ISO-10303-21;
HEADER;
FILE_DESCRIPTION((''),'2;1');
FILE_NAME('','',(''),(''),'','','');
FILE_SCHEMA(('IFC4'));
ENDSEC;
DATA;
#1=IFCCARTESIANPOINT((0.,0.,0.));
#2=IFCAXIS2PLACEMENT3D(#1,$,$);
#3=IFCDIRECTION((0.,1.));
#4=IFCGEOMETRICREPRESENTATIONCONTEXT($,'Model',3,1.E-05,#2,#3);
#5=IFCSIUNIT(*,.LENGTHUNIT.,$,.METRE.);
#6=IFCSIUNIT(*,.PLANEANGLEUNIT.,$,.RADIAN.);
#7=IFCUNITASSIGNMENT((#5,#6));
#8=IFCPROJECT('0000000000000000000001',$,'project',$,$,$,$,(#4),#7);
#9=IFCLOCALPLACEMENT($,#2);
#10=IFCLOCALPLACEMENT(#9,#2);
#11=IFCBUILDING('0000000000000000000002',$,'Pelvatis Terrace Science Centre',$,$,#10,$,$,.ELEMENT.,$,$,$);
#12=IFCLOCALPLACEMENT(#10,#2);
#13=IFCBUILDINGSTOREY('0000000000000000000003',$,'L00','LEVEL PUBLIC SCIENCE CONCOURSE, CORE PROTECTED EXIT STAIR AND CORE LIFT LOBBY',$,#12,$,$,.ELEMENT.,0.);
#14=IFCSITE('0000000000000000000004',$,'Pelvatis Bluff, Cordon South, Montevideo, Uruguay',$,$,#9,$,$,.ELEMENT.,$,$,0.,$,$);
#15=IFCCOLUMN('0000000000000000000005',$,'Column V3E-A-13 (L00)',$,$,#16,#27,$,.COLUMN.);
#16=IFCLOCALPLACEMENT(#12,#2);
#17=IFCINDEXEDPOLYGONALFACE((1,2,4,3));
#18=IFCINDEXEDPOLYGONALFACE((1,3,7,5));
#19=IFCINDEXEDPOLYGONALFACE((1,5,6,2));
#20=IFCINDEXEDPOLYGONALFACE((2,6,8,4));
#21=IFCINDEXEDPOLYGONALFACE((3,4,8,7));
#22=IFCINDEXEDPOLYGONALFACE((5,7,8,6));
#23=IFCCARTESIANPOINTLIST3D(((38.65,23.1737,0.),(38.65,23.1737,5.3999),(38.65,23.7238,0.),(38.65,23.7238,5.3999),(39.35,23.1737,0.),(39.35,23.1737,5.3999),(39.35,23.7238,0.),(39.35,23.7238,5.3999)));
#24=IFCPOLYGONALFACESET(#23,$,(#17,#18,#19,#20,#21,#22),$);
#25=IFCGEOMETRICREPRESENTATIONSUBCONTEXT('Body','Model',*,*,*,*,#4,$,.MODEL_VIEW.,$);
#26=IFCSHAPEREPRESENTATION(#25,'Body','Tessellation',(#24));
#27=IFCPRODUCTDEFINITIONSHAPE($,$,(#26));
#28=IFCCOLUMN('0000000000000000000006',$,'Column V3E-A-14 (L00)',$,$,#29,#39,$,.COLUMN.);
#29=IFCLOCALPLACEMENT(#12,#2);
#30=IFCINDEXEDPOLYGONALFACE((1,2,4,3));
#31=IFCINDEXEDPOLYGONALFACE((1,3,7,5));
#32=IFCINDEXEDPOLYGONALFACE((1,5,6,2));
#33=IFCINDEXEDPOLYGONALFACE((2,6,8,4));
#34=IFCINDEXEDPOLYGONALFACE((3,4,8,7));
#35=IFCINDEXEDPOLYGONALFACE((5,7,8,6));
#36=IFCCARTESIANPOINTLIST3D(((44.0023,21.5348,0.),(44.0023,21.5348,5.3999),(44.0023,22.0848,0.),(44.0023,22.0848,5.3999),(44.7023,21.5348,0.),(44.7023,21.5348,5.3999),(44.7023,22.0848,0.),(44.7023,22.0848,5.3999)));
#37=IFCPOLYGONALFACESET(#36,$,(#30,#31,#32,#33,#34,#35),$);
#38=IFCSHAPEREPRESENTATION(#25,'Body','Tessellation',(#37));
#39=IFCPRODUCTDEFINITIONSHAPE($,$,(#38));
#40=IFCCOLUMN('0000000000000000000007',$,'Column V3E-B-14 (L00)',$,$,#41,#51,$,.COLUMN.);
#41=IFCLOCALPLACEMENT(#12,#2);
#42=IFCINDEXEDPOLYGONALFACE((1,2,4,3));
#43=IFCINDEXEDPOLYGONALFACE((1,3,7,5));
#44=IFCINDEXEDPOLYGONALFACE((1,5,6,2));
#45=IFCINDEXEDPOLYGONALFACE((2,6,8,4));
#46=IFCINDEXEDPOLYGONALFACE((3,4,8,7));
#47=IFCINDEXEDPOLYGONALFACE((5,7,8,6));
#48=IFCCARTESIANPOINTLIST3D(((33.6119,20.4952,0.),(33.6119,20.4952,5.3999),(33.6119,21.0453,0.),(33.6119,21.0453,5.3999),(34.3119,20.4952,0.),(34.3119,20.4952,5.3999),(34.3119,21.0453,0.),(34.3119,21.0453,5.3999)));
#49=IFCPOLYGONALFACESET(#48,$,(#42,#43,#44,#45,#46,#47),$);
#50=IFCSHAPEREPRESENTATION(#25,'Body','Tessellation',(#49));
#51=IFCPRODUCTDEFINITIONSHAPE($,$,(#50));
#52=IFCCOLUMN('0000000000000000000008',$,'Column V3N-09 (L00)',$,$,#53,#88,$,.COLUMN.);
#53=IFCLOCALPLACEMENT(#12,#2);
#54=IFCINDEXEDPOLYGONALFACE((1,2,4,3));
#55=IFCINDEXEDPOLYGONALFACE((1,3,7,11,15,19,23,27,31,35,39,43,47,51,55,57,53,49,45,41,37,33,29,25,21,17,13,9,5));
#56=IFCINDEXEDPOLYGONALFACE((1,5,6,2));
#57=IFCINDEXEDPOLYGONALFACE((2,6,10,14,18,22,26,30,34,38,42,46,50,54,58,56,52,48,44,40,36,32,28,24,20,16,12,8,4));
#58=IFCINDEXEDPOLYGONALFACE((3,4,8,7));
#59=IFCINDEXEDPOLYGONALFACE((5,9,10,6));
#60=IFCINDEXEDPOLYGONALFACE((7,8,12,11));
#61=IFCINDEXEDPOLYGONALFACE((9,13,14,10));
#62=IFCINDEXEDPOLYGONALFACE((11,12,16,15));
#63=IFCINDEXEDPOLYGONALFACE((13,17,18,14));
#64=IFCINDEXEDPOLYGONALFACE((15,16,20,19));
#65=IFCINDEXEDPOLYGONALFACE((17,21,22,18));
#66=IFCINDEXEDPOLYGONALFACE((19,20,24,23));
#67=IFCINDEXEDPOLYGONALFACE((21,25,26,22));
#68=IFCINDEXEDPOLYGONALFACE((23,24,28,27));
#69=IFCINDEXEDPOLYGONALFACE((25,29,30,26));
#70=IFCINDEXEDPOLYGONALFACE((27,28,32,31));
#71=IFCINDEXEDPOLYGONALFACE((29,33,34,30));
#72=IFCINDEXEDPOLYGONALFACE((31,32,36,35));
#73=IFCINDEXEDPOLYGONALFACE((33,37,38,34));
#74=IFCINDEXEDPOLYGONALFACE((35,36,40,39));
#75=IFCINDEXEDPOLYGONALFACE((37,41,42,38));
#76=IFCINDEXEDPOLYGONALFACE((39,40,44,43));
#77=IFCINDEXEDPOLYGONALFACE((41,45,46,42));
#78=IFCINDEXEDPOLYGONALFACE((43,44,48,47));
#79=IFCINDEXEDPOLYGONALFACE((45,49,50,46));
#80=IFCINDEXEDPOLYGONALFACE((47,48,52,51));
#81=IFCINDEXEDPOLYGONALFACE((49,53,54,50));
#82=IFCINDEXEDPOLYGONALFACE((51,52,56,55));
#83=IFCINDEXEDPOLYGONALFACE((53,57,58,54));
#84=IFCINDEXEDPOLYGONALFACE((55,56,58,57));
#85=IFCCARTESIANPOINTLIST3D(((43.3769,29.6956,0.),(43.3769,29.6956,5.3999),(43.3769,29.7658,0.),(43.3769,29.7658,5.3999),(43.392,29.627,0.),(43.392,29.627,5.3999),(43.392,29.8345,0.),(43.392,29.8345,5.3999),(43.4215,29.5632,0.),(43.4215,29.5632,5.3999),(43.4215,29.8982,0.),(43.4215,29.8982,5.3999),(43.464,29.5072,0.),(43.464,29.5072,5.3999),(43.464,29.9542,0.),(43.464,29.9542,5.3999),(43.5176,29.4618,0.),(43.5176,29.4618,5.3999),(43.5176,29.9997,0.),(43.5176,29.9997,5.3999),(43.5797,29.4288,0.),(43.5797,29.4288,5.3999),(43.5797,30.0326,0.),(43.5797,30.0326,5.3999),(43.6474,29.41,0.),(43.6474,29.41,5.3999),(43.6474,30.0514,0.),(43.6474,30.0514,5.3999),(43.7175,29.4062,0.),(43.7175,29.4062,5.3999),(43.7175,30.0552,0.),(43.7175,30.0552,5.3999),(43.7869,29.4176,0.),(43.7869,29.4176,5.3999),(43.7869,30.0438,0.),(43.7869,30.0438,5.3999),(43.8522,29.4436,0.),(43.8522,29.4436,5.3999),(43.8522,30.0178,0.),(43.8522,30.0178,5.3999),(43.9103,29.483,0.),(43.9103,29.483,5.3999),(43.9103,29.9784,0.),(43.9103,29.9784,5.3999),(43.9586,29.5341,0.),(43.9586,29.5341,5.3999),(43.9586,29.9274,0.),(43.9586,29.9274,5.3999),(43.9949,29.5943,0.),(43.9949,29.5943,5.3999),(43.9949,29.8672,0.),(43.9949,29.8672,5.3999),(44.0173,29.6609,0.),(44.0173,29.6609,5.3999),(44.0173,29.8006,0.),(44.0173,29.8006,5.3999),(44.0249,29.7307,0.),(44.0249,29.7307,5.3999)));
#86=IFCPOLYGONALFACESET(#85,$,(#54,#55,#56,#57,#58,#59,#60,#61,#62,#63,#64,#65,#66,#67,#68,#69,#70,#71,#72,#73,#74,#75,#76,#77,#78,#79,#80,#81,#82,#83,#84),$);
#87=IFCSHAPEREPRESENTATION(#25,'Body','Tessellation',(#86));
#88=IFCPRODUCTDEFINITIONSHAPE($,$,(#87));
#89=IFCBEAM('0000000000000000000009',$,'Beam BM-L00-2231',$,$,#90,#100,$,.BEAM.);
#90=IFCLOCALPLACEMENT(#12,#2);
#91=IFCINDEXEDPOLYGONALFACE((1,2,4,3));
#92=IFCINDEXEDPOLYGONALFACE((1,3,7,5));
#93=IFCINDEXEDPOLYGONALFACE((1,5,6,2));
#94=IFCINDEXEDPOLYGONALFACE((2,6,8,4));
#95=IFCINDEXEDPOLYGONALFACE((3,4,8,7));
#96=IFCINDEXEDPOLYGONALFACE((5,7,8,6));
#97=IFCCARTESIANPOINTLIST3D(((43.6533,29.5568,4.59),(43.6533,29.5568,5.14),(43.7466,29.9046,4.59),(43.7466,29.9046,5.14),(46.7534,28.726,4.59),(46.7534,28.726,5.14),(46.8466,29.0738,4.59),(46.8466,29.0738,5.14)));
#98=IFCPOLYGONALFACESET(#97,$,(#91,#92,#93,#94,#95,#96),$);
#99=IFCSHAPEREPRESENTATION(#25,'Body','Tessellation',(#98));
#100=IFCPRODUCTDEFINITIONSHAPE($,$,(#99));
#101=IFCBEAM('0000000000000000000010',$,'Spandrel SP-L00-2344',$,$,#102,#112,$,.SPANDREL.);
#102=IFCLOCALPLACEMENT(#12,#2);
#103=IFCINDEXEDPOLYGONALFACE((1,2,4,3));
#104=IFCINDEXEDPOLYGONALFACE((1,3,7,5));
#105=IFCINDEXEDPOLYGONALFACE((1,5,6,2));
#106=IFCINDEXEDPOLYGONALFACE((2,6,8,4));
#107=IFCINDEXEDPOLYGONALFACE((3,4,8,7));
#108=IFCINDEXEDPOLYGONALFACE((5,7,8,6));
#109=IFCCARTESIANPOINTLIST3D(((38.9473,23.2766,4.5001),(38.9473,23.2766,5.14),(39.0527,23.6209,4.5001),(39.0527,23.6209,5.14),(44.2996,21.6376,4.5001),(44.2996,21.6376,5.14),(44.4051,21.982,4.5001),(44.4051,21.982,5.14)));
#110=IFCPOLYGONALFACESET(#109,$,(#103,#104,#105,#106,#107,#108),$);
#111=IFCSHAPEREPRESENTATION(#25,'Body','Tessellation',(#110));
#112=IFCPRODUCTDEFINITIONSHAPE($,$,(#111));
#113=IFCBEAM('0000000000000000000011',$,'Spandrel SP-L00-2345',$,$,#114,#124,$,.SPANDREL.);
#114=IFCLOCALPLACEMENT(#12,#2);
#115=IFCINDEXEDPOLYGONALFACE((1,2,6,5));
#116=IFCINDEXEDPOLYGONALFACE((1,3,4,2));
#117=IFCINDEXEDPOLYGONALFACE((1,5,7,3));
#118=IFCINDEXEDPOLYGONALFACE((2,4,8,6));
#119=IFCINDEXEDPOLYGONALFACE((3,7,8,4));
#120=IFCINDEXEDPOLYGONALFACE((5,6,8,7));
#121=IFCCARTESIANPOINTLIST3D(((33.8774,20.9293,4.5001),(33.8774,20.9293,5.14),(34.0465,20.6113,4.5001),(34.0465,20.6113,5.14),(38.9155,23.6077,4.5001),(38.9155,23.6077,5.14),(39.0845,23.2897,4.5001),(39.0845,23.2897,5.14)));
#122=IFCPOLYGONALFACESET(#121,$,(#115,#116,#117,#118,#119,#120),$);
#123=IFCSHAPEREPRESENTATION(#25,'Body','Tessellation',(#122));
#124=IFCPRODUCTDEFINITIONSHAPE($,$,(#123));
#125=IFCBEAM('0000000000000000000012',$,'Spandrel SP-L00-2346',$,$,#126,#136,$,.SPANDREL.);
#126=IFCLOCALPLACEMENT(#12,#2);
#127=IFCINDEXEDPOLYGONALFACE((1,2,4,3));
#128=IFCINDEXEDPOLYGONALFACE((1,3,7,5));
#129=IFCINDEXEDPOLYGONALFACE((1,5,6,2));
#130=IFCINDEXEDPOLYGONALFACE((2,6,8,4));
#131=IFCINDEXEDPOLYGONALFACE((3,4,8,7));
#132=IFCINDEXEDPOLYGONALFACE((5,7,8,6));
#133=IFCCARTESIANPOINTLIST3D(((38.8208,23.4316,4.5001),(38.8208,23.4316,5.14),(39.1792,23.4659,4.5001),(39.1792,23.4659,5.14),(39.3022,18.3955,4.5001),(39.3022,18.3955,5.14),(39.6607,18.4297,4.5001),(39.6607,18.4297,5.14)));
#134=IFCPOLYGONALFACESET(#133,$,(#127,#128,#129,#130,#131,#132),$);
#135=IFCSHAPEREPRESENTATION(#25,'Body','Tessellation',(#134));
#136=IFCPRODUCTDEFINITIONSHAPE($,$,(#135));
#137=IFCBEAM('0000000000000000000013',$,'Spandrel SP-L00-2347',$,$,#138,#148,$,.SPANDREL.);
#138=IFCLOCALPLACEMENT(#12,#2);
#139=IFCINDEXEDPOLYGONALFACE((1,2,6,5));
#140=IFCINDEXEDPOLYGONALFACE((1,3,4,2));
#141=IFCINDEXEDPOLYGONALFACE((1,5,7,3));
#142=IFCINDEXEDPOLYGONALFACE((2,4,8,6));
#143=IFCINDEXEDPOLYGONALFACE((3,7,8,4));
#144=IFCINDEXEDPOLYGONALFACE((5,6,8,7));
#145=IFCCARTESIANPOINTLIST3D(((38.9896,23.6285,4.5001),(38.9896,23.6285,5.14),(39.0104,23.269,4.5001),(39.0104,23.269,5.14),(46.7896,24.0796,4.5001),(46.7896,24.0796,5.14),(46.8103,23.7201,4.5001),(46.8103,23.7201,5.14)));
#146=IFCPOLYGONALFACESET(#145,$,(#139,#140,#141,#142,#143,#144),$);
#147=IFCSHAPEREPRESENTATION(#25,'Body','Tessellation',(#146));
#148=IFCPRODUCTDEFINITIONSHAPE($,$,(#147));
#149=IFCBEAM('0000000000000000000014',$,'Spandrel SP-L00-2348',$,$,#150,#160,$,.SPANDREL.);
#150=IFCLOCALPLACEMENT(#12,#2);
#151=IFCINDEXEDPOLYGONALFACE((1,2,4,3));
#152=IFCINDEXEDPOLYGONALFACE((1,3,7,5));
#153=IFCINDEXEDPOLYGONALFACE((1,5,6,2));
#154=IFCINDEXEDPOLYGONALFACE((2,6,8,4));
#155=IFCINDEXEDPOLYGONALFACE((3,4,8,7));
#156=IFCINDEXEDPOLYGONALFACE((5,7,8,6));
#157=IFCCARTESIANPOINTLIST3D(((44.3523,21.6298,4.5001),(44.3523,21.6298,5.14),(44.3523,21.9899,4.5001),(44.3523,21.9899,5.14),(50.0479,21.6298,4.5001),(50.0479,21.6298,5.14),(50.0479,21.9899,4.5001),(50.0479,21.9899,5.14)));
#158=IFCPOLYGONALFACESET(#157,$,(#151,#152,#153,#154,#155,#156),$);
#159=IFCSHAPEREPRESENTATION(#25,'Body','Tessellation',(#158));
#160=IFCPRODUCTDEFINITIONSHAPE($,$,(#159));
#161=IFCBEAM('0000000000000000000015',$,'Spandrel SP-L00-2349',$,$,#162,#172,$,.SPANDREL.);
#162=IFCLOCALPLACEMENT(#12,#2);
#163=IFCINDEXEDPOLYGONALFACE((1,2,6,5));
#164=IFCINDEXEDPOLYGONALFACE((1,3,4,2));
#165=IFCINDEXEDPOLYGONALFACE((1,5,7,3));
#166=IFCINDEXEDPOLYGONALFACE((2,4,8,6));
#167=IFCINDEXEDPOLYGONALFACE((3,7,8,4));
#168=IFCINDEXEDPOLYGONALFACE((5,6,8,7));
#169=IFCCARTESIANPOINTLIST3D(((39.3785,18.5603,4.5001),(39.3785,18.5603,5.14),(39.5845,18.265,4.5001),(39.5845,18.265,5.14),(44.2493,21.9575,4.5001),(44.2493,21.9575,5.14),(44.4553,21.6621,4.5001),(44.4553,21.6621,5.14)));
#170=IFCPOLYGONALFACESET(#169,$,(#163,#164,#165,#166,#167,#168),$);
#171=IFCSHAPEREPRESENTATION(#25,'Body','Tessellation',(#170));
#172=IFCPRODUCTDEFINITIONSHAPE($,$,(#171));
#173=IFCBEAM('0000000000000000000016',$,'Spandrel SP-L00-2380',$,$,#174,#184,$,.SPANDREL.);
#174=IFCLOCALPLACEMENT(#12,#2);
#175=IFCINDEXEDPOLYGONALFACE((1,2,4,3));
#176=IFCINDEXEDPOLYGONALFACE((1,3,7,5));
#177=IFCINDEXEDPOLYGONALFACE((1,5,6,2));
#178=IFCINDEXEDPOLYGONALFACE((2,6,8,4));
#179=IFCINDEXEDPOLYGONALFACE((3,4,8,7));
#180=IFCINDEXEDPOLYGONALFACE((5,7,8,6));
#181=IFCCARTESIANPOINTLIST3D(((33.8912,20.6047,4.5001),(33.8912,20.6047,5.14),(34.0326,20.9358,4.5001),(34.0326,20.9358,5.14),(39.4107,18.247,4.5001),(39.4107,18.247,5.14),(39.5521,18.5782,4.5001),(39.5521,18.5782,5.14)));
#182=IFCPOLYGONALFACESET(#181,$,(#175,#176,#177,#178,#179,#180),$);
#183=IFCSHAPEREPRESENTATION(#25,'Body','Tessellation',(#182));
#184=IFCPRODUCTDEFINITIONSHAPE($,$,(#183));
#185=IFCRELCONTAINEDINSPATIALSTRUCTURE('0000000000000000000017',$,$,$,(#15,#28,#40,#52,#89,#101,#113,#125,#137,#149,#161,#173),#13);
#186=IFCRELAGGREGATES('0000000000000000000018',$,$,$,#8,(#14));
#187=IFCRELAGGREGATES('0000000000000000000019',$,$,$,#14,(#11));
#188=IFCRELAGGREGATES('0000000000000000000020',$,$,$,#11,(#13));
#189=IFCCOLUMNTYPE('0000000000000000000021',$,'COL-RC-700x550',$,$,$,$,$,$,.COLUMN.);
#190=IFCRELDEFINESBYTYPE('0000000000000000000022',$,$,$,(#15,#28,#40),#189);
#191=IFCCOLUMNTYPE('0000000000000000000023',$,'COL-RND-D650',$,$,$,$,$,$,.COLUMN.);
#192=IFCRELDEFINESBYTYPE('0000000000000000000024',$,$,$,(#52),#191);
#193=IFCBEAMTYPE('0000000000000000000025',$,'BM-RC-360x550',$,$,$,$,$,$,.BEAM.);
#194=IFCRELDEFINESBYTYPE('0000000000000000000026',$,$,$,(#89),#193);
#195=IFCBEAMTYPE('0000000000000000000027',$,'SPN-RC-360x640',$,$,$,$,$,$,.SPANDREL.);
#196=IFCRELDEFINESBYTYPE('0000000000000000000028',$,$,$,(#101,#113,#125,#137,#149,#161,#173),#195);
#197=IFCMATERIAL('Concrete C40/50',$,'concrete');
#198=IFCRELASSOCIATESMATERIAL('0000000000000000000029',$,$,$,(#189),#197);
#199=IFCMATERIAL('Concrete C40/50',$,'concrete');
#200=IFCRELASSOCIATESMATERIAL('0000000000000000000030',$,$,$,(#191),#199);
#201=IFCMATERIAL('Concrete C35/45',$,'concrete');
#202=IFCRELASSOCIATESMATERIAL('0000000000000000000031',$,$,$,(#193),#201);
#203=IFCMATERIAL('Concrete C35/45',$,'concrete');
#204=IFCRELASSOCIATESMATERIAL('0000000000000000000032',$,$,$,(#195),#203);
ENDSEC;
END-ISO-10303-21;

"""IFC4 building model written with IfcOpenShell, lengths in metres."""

from ifc_helpers import new_model, si_unit, direction, frame, origin, origin_2d, place, context, subcontext, project, spatial, rectangle, circle, extrude, material, material_profile, profile_set, type_object, element, save


model = new_model("IFC4")

# Units and contexts
model_context = context("Model", 3, precision=1e-05, world=origin(), true_north=direction((0.0, 1.0)))
body_context = subcontext(model_context, "Body", "Model", "MODEL_VIEW")
ifc_project = project(units=[si_unit("LENGTHUNIT", "METRE"), si_unit("PLANEANGLEUNIT", "RADIAN")], contexts=[model_context])

# Site, building, storey
site_placement = place(None, origin())
site = spatial("IfcSite", under=ifc_project, at=site_placement, Name="Pelvatis Bluff, Cordon South, Montevideo, Uruguay", CompositionType="ELEMENT", RefElevation=0.0)
building_placement = place(site_placement, origin())
building = spatial("IfcBuilding", under=site, at=building_placement, Name="Pelvatis Terrace Science Centre", CompositionType="ELEMENT")
storey_placement = place(building_placement, origin())
storey = spatial("IfcBuildingStorey", under=building, at=storey_placement, Name="L00", Description="LEVEL PUBLIC SCIENCE CONCOURSE, CORE PROTECTED EXIT STAIR AND CORE LIFT LOBBY", CompositionType="ELEMENT", Elevation=0.0)

# Columns
ifc_material_1 = material(Name="Concrete C40/50", Category="concrete")
ifc_material_profile_1 = material_profile(ifc_material_1, rectangle(XDim=0.7, YDim=0.55, at=origin_2d()), Name="RC-COL 700x550")
ifc_profile_set_1 = profile_set([ifc_material_profile_1], Name="Concrete C40/50")
column_type_1 = type_object("IfcColumnType", Name="COL-RC-700x550", PredefinedType="COLUMN", material=ifc_profile_set_1)
for number, where, z_axis, x_axis, name in (
    (1, (39.0, 23.4487, 0.0), (0.0, 0.0, 1.0), (1.0, 0.0, 0.0), "Column V3E-A-13 (L00)"),
    (2, (44.3523, 21.8098, 0.0), (0.0, 0.0, 1.0), (1.0, 0.0, 0.0), "Column V3E-A-14 (L00)"),
    (3, (33.9619, 20.7703, 0.0), (0.0, 0.0, 1.0), (1.0, 0.0, 0.0), "Column V3E-B-14 (L00)"),
):
    element("IfcColumn", number, at=place(storey_placement, frame(where, z_axis=z_axis, x_axis=x_axis)), inside=storey, type_object=column_type_1, Name=name, PredefinedType="COLUMN", context=body_context, shape_type="SweptSolid", body=[
        extrude(rectangle(XDim=0.7, YDim=0.55, at=origin_2d()), origin(), (0.0, 0.0, 1.0), 5.3999),
    ])
ifc_material_2 = material(Name="Concrete C40/50", Category="concrete")
ifc_material_profile_2 = material_profile(ifc_material_2, circle(Radius=0.325, at=origin_2d()), Name="RC-RCOL D650")
ifc_profile_set_2 = profile_set([ifc_material_profile_2], Name="Concrete C40/50")
column_type_2 = type_object("IfcColumnType", Name="COL-RND-D650", PredefinedType="COLUMN", material=ifc_profile_set_2)
column_placement = place(storey_placement, frame((43.7, 29.7307, 0.0), z_axis=(0.0, 0.0, 1.0), x_axis=(1.0, 0.0, 0.0)))
element("IfcColumn", 4, at=column_placement, inside=storey, type_object=column_type_2, Name="Column V3N-09 (L00)", PredefinedType="COLUMN", context=body_context, shape_type="SweptSolid", body=[
    extrude(circle(Radius=0.325, at=origin_2d()), origin(), (0.0, 0.0, 1.0), 5.3999),
])

# Beams
ifc_material_3 = material(Name="Concrete C35/45", Category="concrete")
ifc_material_profile_3 = material_profile(ifc_material_3, rectangle(XDim=0.3601, YDim=0.55, at=origin_2d()), Name="RC-BM 360x550")
ifc_profile_set_3 = profile_set([ifc_material_profile_3], Name="Concrete C35/45")
beam_type_1 = type_object("IfcBeamType", Name="BM-RC-360x550", PredefinedType="BEAM", material=ifc_profile_set_3)
beam_1_placement = place(storey_placement, frame((43.7, 29.7307, 4.865), z_axis=(0.965915, -0.25886, 0.0), x_axis=(0.25886, 0.965915, 0.0)))
element("IfcBeam", 5, at=beam_1_placement, inside=storey, type_object=beam_type_1, Name="Beam BM-L00-2231", PredefinedType="BEAM", context=body_context, shape_type="SweptSolid", body=[
    extrude(rectangle(XDim=0.3601, YDim=0.55, at=origin_2d()), origin(), (0.0, 0.0, 1.0), 3.2095),
])
ifc_material_4 = material(Name="Concrete C35/45", Category="concrete")
ifc_material_profile_4 = material_profile(ifc_material_4, rectangle(XDim=0.3601, YDim=0.6399, at=origin_2d()), Name="RC-SPN 360x640")
ifc_profile_set_4 = profile_set([ifc_material_profile_4], Name="Concrete C35/45")
beam_type_2 = type_object("IfcBeamType", Name="SPN-RC-360x640", PredefinedType="SPANDREL", material=ifc_profile_set_4)
beam_2_placement = place(storey_placement, frame((39.0, 23.4487, 4.8201), z_axis=(0.956177, -0.292789, 0.0), x_axis=(0.292789, 0.956177, 0.0)))
element("IfcBeam", 6, at=beam_2_placement, inside=storey, type_object=beam_type_2, Name="Spandrel SP-L00-2344", PredefinedType="SPANDREL", context=body_context, shape_type="SweptSolid", body=[
    extrude(rectangle(XDim=0.3601, YDim=0.6399, at=origin_2d()), origin(), (0.0, 0.0, 1.0), 5.5977),
])
beam_3_placement = place(storey_placement, frame((39.0, 23.4487, 4.8201), z_axis=(-0.882972, -0.469426, 0.0), x_axis=(0.469426, -0.882972, 0.0)))
element("IfcBeam", 7, at=beam_3_placement, inside=storey, type_object=beam_type_2, Name="Spandrel SP-L00-2345", PredefinedType="SPANDREL", context=body_context, shape_type="SweptSolid", body=[
    extrude(rectangle(XDim=0.3601, YDim=0.6399, at=origin_2d()), origin(), (0.0, 0.0, 1.0), 5.7058),
])
beam_4_placement = place(storey_placement, frame((39.0, 23.4487, 4.8201), z_axis=(0.095164, -0.995462, 0.0), x_axis=(0.995462, 0.095164, 0.0)))
element("IfcBeam", 8, at=beam_4_placement, inside=storey, type_object=beam_type_2, Name="Spandrel SP-L00-2346", PredefinedType="SPANDREL", context=body_context, shape_type="SweptSolid", body=[
    extrude(rectangle(XDim=0.3601, YDim=0.6399, at=origin_2d()), origin(), (0.0, 0.0, 1.0), 5.0591),
])
beam_5_placement = place(storey_placement, frame((39.0, 23.4487, 4.8201), z_axis=(0.998331, 0.057746, 0.0), x_axis=(-0.057746, 0.998331, 0.0)))
element("IfcBeam", 9, at=beam_5_placement, inside=storey, type_object=beam_type_2, Name="Spandrel SP-L00-2347", PredefinedType="SPANDREL", context=body_context, shape_type="SweptSolid", body=[
    extrude(rectangle(XDim=0.3601, YDim=0.6399, at=origin_2d()), origin(), (0.0, 0.0, 1.0), 7.813),
])
beam_6_placement = place(storey_placement, frame((44.3523, 21.8098, 4.8201), z_axis=(1.0, 0.0, 0.0), x_axis=(0.0, 1.0, 0.0)))
element("IfcBeam", 10, at=beam_6_placement, inside=storey, type_object=beam_type_2, Name="Spandrel SP-L00-2348", PredefinedType="SPANDREL", context=body_context, shape_type="SweptSolid", body=[
    extrude(rectangle(XDim=0.3601, YDim=0.6399, at=origin_2d()), origin(), (0.0, 0.0, 1.0), 5.6956),
])
beam_7_placement = place(storey_placement, frame((44.3523, 21.8098, 4.8201), z_axis=(-0.82021, -0.572063, 0.0), x_axis=(0.572063, -0.82021, 0.0)))
element("IfcBeam", 11, at=beam_7_placement, inside=storey, type_object=beam_type_2, Name="Spandrel SP-L00-2349", PredefinedType="SPANDREL", context=body_context, shape_type="SweptSolid", body=[
    extrude(rectangle(XDim=0.3601, YDim=0.6399, at=origin_2d()), origin(), (0.0, 0.0, 1.0), 5.9385),
])
beam_8_placement = place(storey_placement, frame((33.9619, 20.7703, 4.8201), z_axis=(0.919618, -0.392814, 0.0), x_axis=(0.392814, 0.919618, 0.0)))
element("IfcBeam", 12, at=beam_8_placement, inside=storey, type_object=beam_type_2, Name="Spandrel SP-L00-2380", PredefinedType="SPANDREL", context=body_context, shape_type="SweptSolid", body=[
    extrude(rectangle(XDim=0.3601, YDim=0.6399, at=origin_2d()), origin(), (0.0, 0.0, 1.0), 6.002),
])

save(model, "model.ifc")
